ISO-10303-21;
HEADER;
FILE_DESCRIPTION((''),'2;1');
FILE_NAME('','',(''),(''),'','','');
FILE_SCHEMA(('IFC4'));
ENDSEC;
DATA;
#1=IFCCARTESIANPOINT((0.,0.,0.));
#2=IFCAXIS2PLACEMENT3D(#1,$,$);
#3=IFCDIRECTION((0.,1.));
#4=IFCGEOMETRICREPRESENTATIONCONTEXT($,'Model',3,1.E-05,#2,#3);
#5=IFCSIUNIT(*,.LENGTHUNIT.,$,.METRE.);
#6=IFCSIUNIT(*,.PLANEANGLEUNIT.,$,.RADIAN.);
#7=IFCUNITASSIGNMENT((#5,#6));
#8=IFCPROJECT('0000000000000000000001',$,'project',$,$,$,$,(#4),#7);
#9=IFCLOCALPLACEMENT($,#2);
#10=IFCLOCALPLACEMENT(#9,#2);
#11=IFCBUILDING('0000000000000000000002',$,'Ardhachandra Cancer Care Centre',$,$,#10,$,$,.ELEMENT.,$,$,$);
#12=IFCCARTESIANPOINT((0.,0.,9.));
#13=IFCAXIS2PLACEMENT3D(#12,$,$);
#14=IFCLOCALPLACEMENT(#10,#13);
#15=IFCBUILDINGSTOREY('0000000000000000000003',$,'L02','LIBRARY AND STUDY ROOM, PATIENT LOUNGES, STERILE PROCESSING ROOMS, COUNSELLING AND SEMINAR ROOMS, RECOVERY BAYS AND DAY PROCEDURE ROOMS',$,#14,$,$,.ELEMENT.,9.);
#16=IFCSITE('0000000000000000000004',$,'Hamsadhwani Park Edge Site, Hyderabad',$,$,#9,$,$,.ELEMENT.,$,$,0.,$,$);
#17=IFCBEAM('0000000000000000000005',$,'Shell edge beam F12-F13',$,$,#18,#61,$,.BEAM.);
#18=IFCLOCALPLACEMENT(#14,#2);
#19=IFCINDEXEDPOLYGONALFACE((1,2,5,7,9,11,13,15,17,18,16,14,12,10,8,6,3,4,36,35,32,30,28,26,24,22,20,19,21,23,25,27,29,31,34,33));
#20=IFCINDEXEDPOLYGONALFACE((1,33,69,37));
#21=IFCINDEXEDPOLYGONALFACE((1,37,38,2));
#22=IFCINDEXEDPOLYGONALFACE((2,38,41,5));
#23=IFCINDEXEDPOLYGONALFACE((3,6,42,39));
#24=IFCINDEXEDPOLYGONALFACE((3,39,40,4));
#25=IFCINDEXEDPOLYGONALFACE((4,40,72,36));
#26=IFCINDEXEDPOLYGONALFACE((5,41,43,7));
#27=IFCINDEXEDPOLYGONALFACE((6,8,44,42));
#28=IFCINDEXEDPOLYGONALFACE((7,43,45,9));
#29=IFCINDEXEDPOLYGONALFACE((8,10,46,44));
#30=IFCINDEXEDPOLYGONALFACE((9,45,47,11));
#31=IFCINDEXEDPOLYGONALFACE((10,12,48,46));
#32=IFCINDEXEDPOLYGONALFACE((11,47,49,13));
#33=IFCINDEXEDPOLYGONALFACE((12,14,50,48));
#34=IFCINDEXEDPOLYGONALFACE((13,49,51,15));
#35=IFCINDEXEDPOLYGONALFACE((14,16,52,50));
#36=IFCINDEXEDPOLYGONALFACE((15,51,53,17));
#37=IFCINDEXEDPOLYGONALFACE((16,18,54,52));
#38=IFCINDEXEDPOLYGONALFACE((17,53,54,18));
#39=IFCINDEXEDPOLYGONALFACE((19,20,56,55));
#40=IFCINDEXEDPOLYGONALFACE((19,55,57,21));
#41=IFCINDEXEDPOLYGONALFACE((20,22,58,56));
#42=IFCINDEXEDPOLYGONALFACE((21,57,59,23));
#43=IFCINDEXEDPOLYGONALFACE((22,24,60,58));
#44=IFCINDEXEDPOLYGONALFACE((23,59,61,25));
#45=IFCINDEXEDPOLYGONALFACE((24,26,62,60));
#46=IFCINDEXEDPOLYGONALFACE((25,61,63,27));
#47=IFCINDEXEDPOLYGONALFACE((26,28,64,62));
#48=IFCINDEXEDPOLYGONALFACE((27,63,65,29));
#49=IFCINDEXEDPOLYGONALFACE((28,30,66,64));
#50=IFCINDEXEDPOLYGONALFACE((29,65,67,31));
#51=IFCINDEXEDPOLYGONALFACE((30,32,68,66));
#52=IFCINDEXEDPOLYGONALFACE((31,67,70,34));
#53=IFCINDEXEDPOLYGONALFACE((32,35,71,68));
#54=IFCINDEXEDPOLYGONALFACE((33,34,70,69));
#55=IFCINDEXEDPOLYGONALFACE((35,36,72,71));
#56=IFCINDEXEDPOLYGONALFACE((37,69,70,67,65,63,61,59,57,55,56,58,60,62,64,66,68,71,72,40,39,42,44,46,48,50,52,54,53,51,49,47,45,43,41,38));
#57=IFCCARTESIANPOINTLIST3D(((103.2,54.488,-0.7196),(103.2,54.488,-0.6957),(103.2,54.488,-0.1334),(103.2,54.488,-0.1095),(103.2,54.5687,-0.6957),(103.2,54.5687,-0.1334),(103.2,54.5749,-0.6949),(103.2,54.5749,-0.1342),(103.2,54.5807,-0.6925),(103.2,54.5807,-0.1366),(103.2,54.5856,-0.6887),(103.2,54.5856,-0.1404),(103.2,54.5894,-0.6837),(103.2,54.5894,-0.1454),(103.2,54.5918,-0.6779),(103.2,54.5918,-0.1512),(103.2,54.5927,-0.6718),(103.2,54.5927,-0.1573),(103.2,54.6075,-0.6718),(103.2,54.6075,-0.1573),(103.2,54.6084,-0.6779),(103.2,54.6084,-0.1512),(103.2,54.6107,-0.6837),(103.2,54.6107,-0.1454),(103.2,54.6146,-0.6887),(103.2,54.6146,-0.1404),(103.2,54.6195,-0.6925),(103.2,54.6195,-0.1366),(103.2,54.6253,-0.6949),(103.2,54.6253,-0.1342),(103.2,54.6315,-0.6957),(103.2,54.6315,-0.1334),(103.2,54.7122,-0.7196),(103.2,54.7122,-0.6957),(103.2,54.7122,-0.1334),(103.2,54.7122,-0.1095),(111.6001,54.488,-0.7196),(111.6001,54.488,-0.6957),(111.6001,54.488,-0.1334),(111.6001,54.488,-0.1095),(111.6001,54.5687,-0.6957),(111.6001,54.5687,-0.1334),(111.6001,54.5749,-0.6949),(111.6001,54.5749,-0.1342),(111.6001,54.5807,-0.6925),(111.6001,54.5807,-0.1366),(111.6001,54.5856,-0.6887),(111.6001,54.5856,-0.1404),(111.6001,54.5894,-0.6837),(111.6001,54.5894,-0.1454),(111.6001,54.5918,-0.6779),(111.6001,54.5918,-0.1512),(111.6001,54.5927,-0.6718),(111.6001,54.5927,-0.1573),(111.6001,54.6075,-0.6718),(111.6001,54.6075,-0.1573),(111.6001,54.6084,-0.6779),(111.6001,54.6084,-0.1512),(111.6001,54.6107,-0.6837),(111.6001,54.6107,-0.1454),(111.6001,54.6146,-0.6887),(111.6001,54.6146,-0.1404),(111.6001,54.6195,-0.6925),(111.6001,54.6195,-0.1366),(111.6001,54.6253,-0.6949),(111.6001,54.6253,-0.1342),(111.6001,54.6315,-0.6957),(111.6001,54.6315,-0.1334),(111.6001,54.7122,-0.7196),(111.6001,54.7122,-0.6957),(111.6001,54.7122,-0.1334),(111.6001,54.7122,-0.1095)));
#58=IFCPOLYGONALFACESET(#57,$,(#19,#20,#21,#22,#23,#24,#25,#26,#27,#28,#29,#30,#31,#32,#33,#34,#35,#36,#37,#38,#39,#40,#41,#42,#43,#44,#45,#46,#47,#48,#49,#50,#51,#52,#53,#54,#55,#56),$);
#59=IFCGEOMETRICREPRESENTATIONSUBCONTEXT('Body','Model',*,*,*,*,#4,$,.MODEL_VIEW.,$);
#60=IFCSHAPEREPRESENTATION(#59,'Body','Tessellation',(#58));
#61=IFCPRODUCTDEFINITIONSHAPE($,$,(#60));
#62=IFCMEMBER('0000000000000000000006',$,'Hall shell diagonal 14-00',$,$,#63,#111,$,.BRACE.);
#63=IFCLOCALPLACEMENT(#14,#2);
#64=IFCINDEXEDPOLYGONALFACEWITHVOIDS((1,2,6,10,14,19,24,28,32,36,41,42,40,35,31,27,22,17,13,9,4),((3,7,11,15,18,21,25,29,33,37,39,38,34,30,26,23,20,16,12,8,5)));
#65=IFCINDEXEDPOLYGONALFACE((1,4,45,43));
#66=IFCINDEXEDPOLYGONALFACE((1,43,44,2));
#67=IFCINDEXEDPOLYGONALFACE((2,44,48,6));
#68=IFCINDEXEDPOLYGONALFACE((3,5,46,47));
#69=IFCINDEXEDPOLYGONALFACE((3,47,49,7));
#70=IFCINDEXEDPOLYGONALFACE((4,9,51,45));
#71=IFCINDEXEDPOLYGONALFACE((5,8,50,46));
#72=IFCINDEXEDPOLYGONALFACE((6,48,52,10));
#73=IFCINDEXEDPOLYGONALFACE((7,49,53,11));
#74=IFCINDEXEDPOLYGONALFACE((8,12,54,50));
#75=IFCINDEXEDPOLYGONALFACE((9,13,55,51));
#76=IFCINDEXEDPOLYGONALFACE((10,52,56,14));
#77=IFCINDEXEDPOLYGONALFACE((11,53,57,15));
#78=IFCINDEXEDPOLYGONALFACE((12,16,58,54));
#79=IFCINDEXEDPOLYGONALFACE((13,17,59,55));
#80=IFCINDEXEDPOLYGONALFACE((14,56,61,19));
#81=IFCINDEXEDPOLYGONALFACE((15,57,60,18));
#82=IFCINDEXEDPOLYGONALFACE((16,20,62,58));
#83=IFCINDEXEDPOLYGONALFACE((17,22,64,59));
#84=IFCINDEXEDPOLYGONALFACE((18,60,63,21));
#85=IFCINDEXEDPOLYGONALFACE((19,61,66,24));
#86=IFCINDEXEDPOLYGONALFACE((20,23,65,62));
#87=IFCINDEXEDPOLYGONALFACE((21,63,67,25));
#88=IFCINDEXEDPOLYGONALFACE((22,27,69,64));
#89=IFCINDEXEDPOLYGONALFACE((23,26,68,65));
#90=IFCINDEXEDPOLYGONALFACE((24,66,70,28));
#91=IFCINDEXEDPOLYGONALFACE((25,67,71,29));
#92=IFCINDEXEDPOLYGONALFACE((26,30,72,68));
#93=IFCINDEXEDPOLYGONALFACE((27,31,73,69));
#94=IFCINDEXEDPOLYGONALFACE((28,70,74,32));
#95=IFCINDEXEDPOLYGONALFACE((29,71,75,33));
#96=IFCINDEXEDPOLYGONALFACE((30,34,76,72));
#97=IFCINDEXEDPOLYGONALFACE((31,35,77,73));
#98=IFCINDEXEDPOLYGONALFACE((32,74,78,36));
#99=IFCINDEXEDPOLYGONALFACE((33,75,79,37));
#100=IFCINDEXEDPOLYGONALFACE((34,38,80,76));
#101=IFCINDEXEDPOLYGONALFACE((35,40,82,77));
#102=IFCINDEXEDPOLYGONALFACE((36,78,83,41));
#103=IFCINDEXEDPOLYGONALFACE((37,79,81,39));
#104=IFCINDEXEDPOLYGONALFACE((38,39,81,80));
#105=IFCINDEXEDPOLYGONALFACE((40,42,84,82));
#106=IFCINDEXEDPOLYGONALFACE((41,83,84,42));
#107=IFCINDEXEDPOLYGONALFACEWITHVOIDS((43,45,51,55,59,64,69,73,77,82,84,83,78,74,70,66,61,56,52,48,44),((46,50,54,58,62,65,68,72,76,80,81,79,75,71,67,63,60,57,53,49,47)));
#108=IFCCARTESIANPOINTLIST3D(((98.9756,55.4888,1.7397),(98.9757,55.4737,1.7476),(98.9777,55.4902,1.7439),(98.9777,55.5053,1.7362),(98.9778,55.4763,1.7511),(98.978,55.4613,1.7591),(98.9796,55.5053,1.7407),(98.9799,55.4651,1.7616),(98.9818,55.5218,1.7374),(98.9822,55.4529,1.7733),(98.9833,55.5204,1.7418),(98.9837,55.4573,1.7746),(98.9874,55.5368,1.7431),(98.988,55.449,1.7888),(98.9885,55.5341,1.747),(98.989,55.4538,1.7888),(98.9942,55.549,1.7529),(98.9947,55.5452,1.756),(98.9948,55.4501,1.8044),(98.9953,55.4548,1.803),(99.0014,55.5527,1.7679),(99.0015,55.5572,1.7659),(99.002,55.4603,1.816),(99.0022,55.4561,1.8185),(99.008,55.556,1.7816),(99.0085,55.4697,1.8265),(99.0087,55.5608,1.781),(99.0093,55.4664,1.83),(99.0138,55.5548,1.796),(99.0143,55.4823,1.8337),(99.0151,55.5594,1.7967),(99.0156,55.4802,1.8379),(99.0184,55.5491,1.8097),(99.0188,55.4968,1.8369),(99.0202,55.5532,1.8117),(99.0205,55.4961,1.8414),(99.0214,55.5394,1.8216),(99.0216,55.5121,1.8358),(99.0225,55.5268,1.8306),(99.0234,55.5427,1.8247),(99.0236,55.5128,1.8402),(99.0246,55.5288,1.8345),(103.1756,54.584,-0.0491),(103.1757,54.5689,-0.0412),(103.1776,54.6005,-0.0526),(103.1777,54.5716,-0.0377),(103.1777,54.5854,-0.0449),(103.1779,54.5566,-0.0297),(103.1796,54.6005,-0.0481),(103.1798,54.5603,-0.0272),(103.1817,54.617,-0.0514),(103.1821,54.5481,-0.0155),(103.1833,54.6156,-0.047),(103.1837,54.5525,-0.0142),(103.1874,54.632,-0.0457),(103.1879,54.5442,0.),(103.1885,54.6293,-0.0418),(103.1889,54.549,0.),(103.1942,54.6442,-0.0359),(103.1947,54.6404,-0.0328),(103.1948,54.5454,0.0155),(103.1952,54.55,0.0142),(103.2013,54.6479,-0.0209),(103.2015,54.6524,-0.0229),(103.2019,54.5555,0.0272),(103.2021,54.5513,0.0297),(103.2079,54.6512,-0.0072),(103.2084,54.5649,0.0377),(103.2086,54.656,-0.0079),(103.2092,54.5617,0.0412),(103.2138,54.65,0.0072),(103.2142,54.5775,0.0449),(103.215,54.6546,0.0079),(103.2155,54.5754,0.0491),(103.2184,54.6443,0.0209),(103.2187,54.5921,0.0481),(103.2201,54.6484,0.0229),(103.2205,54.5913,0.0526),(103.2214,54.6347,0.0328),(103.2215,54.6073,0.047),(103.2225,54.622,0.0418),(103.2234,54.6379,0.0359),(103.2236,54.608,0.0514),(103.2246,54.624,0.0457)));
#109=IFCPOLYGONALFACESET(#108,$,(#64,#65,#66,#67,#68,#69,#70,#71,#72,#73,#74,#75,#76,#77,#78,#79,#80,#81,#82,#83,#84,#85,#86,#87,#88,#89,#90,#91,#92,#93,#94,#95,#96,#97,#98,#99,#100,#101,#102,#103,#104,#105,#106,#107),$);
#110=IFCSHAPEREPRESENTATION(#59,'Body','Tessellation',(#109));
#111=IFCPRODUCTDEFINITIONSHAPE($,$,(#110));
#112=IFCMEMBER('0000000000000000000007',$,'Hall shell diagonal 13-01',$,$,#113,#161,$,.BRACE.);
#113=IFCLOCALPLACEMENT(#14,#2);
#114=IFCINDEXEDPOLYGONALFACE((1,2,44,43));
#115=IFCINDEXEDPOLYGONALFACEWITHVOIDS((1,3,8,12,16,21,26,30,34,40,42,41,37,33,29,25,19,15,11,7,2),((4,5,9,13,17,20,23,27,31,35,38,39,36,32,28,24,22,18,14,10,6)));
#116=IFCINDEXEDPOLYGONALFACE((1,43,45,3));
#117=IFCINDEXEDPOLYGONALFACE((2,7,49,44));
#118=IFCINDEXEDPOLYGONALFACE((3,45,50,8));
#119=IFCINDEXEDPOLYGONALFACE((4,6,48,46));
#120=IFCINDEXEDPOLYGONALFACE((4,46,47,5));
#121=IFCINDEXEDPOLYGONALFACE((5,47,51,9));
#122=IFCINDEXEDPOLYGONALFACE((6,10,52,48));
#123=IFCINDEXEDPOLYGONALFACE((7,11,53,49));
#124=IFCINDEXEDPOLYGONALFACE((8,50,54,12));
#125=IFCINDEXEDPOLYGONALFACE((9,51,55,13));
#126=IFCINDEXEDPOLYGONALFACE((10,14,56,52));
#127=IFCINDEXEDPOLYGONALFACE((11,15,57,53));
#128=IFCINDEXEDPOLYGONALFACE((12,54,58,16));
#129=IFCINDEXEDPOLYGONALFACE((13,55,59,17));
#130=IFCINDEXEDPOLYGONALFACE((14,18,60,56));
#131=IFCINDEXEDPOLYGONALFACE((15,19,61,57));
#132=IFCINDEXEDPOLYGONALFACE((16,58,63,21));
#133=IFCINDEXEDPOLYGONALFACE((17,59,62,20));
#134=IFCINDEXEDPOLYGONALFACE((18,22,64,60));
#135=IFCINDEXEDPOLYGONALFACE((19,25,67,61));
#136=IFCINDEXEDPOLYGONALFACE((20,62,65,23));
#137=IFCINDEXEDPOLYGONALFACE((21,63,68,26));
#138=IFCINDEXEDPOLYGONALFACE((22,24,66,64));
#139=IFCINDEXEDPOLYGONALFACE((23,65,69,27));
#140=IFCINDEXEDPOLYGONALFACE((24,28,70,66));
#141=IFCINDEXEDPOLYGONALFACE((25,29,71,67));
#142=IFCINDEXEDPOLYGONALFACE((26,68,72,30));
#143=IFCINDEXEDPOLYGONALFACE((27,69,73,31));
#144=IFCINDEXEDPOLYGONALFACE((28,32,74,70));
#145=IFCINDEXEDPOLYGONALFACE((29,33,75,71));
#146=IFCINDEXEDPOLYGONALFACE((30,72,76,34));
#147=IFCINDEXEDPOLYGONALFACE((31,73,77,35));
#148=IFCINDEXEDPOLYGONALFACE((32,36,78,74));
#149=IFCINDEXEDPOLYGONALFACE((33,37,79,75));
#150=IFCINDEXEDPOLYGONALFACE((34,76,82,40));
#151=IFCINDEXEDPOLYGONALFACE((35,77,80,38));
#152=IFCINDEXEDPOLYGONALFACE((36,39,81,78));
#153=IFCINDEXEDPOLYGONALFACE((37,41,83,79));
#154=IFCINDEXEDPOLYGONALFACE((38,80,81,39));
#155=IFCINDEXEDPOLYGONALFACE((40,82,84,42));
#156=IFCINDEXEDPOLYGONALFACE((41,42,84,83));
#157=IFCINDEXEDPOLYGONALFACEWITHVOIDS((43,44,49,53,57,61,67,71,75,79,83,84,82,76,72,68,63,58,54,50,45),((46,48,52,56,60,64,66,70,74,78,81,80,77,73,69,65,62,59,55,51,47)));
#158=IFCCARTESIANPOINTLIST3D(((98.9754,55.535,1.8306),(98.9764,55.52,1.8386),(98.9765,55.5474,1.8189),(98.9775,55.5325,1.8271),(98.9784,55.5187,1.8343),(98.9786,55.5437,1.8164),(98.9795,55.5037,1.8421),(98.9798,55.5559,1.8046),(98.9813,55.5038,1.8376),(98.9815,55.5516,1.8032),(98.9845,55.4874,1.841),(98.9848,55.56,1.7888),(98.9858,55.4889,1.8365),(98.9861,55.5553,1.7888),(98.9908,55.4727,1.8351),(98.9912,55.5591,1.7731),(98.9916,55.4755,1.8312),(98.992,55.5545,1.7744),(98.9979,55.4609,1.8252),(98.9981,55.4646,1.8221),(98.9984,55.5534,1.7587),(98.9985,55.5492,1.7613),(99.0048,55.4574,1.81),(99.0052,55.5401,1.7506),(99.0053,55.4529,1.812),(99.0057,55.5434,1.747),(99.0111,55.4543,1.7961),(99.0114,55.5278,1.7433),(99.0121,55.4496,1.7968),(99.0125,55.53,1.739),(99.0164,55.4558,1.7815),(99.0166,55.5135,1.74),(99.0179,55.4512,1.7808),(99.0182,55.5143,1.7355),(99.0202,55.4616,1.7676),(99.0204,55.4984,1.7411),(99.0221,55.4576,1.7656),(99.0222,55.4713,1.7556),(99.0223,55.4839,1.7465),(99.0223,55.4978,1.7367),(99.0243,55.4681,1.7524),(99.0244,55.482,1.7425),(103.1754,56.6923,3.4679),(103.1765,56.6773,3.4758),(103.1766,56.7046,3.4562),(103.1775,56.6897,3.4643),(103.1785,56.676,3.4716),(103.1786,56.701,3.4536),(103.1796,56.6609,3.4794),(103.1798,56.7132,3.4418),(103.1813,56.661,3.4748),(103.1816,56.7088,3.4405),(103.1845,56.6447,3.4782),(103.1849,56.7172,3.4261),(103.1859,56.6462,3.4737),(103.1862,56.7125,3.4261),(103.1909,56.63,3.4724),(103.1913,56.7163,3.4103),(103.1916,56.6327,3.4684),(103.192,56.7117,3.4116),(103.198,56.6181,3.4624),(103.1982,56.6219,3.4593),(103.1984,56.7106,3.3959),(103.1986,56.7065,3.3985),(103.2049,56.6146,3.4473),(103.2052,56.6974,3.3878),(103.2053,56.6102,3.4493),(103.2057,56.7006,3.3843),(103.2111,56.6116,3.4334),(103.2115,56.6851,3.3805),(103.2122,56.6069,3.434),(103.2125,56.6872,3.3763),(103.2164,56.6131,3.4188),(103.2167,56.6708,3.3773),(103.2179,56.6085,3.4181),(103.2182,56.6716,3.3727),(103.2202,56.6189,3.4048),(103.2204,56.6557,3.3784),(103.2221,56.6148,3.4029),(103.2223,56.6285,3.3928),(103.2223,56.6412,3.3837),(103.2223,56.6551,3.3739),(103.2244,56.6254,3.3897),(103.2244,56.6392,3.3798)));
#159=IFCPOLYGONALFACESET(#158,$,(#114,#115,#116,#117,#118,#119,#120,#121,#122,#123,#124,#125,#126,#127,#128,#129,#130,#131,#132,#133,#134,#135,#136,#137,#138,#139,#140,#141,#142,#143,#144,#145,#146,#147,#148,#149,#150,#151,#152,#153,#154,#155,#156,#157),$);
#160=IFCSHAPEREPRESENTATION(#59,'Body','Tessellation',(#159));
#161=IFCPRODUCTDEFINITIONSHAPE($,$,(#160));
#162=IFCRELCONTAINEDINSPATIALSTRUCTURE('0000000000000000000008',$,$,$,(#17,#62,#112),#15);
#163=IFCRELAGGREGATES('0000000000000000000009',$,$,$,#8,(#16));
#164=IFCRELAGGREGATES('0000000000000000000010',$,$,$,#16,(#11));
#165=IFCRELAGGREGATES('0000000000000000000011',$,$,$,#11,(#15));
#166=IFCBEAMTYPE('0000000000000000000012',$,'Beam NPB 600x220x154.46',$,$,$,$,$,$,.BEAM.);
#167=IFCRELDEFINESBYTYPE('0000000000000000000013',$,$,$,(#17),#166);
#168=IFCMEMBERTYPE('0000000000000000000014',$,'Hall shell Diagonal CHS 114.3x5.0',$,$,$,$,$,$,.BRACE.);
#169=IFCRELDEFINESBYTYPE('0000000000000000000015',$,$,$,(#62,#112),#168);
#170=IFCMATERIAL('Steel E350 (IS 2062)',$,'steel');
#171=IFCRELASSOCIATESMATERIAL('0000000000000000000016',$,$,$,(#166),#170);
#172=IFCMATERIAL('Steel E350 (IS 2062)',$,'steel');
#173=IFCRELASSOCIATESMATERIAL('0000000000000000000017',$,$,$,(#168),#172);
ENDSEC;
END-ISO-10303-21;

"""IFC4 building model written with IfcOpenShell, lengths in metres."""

from ifc_helpers import new_model, si_unit, direction, frame, origin, origin_2d, place, context, subcontext, project, spatial, hollow_circle, i_section, extrude, material, material_profile, profile_set, type_object, element, save


model = new_model("IFC4")

# Units and contexts
model_context = context("Model", 3, precision=1e-05, world=origin(), true_north=direction((0.0, 1.0)))
body_context = subcontext(model_context, "Body", "Model", "MODEL_VIEW")
ifc_project = project(units=[si_unit("LENGTHUNIT", "METRE"), si_unit("PLANEANGLEUNIT", "RADIAN")], contexts=[model_context])

# Site, building, storey
site_placement = place(None, origin())
site = spatial("IfcSite", under=ifc_project, at=site_placement, Name="Hamsadhwani Park Edge Site, Hyderabad", CompositionType="ELEMENT", RefElevation=0.0)
building_placement = place(site_placement, origin())
building = spatial("IfcBuilding", under=site, at=building_placement, Name="Ardhachandra Cancer Care Centre", CompositionType="ELEMENT")
storey_placement = place(building_placement, frame((0.0, 0.0, 9.0)))
storey = spatial("IfcBuildingStorey", under=building, at=storey_placement, Name="L02", Description="LIBRARY AND STUDY ROOM, PATIENT LOUNGES, STERILE PROCESSING ROOMS, COUNSELLING AND SEMINAR ROOMS, RECOVERY BAYS AND DAY PROCEDURE ROOMS", CompositionType="ELEMENT", Elevation=9.0)

# Beam
ifc_material_1 = material(Name="Steel E350 (IS 2062)", Category="steel")
ifc_material_profile_1 = material_profile(ifc_material_1, i_section(OverallWidth=0.2241, OverallDepth=0.6101, WebThickness=0.0149, FlangeThickness=0.0239, FilletRadius=0.0239, at=origin_2d()), Name="NPB 600x220x154.46")
ifc_profile_set_1 = profile_set([ifc_material_profile_1], Name="Steel E350 (IS 2062)")
beam_type = type_object("IfcBeamType", Name="Beam NPB 600x220x154.46", PredefinedType="BEAM", material=ifc_profile_set_1)
beam_placement = place(storey_placement, frame((103.2, 54.6001, -0.4146), z_axis=(1.0, 0.0, 0.0), x_axis=(0.0, 1.0, 0.0)))
element("IfcBeam", 1, at=beam_placement, inside=storey, type_object=beam_type, Name="Shell edge beam F12-F13", PredefinedType="BEAM", context=body_context, shape_type="SweptSolid", body=[
    extrude(i_section(OverallWidth=0.2241, OverallDepth=0.6101, WebThickness=0.0149, FlangeThickness=0.0239, FilletRadius=0.0239, at=origin_2d()), origin(), (0.0, 0.0, 1.0), 8.4001),
])

# Members
ifc_material_2 = material(Name="Steel E350 (IS 2062)", Category="steel")
ifc_material_profile_2 = material_profile(ifc_material_2, hollow_circle(Radius=0.0571, WallThickness=0.0049, at=origin_2d()), Name="CHS 114.3x5.0")
ifc_profile_set_2 = profile_set([ifc_material_profile_2], Name="Steel E350 (IS 2062)")
member_type_1 = type_object("IfcMemberType", Name="Hall shell Diagonal CHS 114.3x5.0", PredefinedType="BRACE", material=ifc_profile_set_2)
member_1_placement = place(storey_placement, frame((103.2, 54.6001, 0.0), z_axis=(-0.902473, 0.194417, 0.384376), x_axis=(-0.210596, -0.977573, 0.0)))
element("IfcMember", 2, at=member_1_placement, inside=storey, type_object=member_type_1, Name="Hall shell diagonal 14-00", PredefinedType="BRACE", context=body_context, shape_type="SweptSolid", body=[
    extrude(hollow_circle(Radius=0.0571, WallThickness=0.0049, at=origin_2d()), origin(), (0.0, 0.0, 1.0), 4.6538),
])
member_2_placement = place(storey_placement, frame((99.0, 55.5049, 1.7888), z_axis=(0.90245, 0.248655, 0.351789), x_axis=(-0.265634, 0.964074, 0.0)))
element("IfcMember", 3, at=member_2_placement, inside=storey, type_object=member_type_1, Name="Hall shell diagonal 13-01", PredefinedType="BRACE", context=body_context, shape_type="SweptSolid", body=[
    extrude(hollow_circle(Radius=0.0571, WallThickness=0.0049, at=origin_2d()), origin(), (0.0, 0.0, 1.0), 4.6541),
])

save(model, "model.ifc")
